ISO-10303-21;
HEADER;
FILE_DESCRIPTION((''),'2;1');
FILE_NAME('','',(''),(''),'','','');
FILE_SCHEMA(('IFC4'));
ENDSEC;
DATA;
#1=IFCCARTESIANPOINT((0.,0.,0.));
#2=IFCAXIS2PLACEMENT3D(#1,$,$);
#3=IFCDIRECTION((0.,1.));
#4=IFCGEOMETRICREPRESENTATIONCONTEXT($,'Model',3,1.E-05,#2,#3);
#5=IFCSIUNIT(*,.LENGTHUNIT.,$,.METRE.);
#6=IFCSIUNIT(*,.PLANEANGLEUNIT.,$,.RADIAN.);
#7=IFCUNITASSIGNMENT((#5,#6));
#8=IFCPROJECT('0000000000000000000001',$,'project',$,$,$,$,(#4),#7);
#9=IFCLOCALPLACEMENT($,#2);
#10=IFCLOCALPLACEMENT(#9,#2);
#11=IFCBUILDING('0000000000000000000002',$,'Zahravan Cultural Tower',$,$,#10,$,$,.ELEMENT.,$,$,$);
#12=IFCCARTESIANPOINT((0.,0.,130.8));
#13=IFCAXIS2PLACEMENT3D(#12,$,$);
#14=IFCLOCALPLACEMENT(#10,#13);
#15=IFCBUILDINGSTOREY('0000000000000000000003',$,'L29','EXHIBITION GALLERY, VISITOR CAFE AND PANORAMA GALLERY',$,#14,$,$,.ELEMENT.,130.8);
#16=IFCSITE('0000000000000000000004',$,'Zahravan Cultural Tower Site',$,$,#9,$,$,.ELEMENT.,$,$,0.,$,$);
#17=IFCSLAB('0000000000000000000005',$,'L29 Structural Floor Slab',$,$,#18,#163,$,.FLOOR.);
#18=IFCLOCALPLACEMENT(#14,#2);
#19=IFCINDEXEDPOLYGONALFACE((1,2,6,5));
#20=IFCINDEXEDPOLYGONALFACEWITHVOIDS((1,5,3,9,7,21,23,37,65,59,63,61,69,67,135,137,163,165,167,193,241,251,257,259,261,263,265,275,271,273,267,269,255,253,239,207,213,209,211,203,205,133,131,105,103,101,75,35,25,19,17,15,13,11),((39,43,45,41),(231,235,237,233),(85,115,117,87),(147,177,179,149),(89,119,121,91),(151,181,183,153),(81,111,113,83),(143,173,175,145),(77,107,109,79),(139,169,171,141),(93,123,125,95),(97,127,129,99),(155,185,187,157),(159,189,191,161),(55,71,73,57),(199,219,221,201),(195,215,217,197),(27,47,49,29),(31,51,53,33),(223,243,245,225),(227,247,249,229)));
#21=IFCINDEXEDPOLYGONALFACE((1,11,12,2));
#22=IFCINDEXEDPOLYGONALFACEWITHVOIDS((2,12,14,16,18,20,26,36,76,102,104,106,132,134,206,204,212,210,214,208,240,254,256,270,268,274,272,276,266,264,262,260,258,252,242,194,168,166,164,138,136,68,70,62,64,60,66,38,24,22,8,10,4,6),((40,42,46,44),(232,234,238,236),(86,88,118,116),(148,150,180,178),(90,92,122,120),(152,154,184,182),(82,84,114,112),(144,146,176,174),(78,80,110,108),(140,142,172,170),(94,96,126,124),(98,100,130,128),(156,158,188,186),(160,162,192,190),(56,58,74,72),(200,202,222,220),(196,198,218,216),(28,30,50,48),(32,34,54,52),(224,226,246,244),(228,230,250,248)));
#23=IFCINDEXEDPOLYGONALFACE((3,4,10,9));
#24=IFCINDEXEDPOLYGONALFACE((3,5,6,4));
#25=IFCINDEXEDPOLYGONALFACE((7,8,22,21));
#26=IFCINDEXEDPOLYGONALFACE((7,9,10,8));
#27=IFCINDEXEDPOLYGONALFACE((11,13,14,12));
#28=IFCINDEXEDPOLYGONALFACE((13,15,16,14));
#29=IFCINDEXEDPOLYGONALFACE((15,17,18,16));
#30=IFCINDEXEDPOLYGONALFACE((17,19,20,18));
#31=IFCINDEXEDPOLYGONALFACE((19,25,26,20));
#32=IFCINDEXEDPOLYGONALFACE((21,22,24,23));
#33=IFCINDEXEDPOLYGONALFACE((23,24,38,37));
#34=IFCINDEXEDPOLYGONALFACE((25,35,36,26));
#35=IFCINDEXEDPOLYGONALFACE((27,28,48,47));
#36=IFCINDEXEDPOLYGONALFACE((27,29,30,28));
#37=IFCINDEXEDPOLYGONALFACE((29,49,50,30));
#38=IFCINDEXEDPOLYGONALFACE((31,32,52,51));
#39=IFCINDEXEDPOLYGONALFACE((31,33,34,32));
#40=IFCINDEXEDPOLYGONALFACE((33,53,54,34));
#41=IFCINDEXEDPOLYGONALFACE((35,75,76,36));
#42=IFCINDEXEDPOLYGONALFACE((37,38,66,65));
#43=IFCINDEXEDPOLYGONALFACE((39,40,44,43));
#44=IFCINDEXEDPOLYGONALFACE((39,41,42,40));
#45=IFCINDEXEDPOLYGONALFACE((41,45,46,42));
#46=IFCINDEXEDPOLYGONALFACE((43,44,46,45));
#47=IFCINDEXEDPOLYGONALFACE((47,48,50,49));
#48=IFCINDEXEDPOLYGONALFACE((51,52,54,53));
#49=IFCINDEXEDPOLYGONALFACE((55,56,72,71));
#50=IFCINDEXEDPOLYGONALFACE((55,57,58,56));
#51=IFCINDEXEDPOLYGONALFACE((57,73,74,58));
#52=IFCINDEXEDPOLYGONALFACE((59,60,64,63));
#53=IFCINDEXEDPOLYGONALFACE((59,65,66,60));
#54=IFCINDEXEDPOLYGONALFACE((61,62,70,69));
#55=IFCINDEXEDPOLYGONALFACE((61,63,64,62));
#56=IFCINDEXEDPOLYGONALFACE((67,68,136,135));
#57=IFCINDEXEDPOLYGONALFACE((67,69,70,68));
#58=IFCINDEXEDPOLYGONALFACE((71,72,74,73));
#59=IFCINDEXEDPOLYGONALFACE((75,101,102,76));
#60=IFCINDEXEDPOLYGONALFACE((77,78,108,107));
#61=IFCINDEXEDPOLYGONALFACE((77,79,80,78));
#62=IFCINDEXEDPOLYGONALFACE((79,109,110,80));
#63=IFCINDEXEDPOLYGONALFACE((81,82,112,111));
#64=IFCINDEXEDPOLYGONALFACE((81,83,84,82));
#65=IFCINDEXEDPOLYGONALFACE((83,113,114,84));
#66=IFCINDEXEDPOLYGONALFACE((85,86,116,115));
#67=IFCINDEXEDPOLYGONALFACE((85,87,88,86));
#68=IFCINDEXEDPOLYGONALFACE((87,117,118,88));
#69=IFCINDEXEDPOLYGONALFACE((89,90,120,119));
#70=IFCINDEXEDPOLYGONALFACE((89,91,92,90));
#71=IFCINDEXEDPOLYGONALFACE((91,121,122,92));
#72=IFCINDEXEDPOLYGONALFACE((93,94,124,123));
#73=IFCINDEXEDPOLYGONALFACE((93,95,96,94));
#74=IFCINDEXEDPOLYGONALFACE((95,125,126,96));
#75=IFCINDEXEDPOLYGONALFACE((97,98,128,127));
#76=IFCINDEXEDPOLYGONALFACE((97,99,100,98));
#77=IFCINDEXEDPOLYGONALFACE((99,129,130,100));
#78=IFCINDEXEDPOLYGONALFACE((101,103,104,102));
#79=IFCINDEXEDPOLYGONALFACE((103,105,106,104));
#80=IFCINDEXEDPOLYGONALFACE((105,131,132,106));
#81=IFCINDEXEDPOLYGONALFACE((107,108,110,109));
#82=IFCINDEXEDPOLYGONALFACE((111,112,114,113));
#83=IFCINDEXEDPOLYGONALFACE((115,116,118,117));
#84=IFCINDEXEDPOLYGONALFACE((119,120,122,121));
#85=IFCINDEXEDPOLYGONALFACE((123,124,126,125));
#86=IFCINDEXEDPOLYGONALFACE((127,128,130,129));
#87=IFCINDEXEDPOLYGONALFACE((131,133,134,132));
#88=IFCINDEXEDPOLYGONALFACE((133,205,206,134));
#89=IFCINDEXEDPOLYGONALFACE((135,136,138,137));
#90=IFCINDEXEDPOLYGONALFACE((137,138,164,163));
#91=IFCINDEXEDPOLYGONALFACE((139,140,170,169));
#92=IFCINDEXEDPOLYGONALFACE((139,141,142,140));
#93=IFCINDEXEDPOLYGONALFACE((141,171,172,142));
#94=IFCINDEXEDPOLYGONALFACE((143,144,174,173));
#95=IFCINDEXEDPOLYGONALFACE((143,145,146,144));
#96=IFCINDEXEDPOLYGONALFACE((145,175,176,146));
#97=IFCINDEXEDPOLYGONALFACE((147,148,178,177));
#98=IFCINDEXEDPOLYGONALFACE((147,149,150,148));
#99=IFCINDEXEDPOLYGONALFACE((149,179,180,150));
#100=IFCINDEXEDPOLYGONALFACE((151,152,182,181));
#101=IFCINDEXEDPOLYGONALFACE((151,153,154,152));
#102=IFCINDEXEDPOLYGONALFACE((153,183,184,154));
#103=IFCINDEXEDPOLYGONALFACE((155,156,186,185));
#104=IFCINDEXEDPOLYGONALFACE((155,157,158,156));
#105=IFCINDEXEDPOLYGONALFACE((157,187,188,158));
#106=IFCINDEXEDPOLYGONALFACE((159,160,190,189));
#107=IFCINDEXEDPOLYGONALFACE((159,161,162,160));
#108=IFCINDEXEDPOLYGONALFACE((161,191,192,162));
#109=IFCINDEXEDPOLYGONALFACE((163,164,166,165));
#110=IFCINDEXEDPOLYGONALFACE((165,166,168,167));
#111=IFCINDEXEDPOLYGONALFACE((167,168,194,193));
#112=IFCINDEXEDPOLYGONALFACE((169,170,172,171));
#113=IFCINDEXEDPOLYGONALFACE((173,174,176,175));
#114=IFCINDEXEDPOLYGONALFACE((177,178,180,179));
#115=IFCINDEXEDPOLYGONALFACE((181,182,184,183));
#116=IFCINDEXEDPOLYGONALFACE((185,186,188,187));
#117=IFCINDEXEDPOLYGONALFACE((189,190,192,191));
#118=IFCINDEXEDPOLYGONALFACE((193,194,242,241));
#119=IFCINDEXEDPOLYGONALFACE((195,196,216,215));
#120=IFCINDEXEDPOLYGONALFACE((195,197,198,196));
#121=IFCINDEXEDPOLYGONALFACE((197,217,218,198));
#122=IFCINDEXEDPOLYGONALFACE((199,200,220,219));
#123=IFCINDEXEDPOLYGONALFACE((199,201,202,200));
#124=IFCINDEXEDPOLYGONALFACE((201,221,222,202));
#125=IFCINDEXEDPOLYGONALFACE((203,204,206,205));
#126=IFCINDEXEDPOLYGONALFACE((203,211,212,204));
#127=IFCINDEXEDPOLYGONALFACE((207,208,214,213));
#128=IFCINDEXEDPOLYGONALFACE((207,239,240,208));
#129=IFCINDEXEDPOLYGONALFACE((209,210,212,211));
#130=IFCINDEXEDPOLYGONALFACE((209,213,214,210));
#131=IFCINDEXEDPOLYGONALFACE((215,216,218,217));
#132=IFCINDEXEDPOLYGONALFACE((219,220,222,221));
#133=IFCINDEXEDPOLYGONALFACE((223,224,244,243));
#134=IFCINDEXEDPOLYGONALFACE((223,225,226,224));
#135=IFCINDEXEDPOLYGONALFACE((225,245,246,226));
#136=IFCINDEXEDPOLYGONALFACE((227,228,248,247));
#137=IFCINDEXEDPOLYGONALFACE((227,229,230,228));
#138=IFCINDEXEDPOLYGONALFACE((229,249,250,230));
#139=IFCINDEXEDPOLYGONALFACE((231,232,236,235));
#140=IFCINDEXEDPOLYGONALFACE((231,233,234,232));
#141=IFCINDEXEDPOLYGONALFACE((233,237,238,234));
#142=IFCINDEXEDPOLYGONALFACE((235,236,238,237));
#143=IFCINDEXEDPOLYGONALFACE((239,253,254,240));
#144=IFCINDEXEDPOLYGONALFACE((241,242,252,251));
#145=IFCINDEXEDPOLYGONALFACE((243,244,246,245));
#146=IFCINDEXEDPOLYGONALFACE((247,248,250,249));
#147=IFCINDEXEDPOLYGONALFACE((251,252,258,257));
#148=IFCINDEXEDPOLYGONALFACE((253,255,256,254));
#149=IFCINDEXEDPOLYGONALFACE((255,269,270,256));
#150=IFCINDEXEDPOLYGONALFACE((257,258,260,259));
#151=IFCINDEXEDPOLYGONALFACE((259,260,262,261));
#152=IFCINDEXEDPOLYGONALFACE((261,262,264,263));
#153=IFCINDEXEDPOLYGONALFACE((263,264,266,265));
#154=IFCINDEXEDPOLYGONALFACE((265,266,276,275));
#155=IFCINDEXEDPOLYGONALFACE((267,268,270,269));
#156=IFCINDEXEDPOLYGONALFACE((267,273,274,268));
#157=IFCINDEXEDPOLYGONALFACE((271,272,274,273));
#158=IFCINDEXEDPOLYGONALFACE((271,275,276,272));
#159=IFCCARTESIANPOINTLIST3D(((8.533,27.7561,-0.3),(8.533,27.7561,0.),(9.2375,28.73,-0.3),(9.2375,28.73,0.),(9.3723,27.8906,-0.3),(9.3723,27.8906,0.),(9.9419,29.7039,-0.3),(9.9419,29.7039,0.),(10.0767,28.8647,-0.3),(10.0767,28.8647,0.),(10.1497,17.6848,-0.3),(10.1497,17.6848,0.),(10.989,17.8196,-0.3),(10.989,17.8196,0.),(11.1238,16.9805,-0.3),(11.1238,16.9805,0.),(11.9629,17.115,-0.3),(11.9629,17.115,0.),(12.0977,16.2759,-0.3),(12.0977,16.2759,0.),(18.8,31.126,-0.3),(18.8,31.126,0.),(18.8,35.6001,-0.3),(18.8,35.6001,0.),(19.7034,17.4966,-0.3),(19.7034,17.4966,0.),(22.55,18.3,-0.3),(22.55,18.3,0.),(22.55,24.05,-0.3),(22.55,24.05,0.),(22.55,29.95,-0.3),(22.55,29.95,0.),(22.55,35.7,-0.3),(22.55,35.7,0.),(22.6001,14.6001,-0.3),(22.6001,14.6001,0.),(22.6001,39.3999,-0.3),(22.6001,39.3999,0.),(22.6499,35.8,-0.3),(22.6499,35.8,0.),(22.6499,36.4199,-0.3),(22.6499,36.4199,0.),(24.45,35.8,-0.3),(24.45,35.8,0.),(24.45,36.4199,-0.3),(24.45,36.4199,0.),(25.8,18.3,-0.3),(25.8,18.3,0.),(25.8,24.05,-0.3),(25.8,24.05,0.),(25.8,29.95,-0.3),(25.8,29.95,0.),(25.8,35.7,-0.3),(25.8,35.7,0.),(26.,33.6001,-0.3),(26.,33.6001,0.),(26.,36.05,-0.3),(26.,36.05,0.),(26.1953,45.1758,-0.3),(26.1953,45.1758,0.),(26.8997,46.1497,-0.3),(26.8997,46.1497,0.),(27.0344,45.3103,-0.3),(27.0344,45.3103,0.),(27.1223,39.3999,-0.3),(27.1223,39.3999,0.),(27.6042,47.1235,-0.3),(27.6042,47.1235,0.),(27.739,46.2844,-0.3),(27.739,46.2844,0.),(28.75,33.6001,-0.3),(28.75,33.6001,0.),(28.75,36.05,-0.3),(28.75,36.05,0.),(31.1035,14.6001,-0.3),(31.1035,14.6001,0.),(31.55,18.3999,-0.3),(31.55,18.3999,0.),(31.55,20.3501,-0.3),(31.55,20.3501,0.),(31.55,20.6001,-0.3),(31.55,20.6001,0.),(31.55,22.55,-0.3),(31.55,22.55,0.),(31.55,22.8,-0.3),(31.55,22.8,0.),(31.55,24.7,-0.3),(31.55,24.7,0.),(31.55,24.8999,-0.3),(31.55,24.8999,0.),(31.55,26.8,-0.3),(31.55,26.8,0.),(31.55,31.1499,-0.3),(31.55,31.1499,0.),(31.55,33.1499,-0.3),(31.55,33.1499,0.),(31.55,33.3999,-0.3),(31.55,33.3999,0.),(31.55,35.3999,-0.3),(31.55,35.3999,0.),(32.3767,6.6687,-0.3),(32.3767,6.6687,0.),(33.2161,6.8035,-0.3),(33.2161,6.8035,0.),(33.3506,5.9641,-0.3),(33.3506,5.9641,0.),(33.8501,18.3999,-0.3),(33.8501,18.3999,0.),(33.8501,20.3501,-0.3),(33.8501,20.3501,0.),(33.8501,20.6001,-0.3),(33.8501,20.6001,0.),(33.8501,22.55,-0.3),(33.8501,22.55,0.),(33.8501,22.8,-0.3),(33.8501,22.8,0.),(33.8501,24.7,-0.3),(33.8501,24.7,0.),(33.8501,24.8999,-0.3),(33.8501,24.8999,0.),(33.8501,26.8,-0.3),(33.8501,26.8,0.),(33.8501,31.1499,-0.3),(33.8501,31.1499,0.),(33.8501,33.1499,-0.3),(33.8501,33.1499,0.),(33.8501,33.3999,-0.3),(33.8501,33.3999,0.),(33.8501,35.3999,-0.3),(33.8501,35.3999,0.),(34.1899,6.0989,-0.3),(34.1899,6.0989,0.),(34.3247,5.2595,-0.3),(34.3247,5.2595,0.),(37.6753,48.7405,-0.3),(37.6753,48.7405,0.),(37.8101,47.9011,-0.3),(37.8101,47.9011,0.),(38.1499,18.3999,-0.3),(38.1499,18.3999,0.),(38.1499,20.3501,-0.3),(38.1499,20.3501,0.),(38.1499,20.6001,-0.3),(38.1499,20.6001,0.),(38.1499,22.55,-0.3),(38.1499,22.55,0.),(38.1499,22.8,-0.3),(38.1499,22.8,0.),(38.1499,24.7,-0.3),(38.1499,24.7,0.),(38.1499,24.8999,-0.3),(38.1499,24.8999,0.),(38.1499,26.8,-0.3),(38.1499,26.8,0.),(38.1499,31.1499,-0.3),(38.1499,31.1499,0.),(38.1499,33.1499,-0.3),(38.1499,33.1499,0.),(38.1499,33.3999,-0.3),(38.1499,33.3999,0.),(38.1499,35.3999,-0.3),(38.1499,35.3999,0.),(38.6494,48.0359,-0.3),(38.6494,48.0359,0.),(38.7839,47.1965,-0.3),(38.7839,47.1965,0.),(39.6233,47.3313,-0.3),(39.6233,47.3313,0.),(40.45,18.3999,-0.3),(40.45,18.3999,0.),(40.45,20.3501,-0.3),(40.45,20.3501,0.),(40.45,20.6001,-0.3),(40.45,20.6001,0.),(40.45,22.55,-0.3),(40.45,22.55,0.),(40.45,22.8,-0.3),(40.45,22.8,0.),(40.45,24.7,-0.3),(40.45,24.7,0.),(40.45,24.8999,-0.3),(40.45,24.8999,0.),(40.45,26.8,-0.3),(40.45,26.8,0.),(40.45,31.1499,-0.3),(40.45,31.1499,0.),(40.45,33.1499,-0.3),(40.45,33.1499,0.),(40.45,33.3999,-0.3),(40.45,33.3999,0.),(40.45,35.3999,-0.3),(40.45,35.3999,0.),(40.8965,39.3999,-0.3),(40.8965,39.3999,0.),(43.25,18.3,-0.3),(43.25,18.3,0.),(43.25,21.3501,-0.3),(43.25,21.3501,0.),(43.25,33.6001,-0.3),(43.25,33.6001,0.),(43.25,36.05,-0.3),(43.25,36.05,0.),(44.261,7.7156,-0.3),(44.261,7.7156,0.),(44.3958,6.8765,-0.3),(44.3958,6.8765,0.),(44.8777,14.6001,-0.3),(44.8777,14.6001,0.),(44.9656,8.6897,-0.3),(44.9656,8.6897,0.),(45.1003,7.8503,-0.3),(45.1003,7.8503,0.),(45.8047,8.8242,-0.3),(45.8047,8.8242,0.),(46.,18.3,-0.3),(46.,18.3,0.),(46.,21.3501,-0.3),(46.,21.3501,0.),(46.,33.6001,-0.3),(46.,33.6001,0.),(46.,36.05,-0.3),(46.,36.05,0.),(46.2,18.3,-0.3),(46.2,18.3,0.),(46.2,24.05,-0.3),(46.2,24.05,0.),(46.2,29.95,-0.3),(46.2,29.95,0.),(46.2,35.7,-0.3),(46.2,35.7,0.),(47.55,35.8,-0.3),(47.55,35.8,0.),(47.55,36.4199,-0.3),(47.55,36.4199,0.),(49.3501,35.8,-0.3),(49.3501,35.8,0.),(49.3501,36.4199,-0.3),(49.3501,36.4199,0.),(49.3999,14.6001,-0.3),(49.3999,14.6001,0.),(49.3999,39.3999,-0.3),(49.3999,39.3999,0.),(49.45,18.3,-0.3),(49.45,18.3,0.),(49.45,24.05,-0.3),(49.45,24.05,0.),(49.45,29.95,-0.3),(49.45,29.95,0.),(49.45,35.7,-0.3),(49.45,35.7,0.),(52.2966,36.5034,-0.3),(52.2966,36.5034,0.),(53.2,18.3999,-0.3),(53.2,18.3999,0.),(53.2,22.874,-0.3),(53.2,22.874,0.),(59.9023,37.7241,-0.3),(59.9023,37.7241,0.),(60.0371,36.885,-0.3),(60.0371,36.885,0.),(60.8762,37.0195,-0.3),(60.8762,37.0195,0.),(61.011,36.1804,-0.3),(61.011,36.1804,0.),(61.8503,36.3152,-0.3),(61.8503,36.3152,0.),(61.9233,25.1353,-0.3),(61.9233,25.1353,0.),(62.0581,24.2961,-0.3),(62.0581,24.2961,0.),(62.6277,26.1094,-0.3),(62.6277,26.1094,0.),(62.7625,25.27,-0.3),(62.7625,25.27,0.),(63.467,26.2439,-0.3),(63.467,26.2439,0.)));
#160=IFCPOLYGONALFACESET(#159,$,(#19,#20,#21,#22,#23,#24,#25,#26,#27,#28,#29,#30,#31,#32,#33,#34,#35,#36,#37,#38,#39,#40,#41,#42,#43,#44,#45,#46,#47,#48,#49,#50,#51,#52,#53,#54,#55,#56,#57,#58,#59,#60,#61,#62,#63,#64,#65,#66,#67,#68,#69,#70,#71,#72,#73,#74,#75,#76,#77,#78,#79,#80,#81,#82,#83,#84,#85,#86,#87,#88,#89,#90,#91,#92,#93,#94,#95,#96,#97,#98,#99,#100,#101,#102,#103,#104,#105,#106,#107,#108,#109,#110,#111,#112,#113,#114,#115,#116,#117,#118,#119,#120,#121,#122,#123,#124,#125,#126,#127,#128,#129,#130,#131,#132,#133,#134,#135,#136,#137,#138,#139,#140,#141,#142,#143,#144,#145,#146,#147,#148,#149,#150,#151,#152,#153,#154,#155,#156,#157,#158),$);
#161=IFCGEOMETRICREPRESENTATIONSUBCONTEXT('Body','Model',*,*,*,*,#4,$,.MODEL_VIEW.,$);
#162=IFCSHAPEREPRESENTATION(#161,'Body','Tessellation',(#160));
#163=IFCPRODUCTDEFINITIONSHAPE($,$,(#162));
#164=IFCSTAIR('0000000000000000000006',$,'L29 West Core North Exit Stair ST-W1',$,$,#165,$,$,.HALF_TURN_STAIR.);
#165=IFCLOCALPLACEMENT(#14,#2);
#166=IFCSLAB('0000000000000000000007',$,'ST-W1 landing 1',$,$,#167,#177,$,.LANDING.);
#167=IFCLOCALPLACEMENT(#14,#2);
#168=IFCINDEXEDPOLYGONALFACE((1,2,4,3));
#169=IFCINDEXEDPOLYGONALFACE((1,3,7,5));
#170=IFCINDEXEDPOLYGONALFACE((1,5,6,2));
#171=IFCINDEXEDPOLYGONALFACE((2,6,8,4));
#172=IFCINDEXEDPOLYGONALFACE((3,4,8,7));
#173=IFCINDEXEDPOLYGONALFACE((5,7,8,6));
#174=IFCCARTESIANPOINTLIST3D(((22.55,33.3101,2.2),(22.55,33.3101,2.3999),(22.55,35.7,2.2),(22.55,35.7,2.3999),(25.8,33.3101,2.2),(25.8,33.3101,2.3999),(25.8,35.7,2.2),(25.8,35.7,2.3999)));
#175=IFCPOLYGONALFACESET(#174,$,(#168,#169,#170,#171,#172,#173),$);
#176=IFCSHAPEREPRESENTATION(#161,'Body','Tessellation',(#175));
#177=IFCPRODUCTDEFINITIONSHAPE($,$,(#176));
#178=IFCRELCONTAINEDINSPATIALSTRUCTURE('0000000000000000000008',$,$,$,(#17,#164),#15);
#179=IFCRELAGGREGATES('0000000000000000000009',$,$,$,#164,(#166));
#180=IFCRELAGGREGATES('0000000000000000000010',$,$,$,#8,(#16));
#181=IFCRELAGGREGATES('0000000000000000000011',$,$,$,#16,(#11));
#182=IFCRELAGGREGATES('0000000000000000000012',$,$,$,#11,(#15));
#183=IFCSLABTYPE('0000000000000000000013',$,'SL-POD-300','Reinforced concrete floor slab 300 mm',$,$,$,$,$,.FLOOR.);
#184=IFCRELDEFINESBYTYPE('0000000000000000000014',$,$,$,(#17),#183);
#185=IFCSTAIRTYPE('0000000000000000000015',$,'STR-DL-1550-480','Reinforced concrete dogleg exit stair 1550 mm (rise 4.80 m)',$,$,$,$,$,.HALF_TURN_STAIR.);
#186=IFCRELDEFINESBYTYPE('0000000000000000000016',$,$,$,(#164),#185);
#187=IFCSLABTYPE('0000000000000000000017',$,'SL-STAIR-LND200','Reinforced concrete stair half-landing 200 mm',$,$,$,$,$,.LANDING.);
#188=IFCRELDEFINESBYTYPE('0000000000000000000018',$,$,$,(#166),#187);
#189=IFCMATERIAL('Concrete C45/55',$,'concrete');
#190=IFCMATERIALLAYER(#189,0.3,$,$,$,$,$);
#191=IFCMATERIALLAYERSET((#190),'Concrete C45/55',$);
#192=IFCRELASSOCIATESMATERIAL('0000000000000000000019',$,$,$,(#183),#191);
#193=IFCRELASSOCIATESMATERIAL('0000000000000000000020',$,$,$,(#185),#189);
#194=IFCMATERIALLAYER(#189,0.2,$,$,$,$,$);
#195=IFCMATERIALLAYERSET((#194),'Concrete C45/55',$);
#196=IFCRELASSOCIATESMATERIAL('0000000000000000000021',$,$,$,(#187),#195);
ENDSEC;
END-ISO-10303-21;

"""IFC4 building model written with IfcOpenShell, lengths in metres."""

from ifc_helpers import new_model, si_unit, direction, frame, origin, place, context, subcontext, project, spatial, polyline, outline, extrude, material, layer, layer_set, type_object, element, aggregate, save


model = new_model("IFC4")

# Units and contexts
model_context = context("Model", 3, precision=1e-05, world=origin(), true_north=direction((0.0, 1.0)))
body_context = subcontext(model_context, "Body", "Model", "MODEL_VIEW")
ifc_project = project(units=[si_unit("LENGTHUNIT", "METRE"), si_unit("PLANEANGLEUNIT", "RADIAN")], contexts=[model_context])

# Site, building, storey
site_placement = place(None, origin())
site = spatial("IfcSite", under=ifc_project, at=site_placement, Name="Zahravan Cultural Tower Site", CompositionType="ELEMENT", RefElevation=0.0)
building_placement = place(site_placement, origin())
building = spatial("IfcBuilding", under=site, at=building_placement, Name="Zahravan Cultural Tower", CompositionType="ELEMENT")
storey_placement = place(building_placement, frame((0.0, 0.0, 130.8)))
storey = spatial("IfcBuildingStorey", under=building, at=storey_placement, Name="L29", Description="EXHIBITION GALLERY, VISITOR CAFE AND PANORAMA GALLERY", CompositionType="ELEMENT", Elevation=130.8)

# Slab
ifc_material_1 = material(Name="Concrete C45/55", Category="concrete")
ifc_layer_1 = layer(ifc_material_1, 0.3)
ifc_layer_set_1 = layer_set([ifc_layer_1], Name="Concrete C45/55")
slab_type_1 = type_object("IfcSlabType", Name="SL-POD-300", Description="Reinforced concrete floor slab 300 mm", PredefinedType="FLOOR", material=ifc_layer_set_1)
slab_1_placement = place(storey_placement, frame((0.0, 0.0, -0.3)))
element("IfcSlab", 1, at=slab_1_placement, inside=storey, type_object=slab_type_1, Name="L29 Structural Floor Slab", PredefinedType="FLOOR", context=body_context, shape_type="SweptSolid", body=[
    extrude(outline(polyline([(52.2966, 36.5034), (49.3999, 39.3999), (40.8965, 39.3999), (39.6233, 47.3313), (38.7839, 47.1965), (38.6494, 48.0359), (37.8101, 47.9011), (37.6753, 48.7405), (27.6042, 47.1235), (27.739, 46.2844), (26.8997, 46.1497), (27.0344, 45.3103), (26.1953, 45.1758), (27.1223, 39.3999), (22.6001, 39.3999), (18.8, 35.6001), (18.8, 31.126), (9.9419, 29.7039), (10.0767, 28.8647), (9.2375, 28.73), (9.3723, 27.8906), (8.533, 27.7561), (10.1497, 17.6848), (10.989, 17.8196), (11.1238, 16.9805), (11.9629, 17.115), (12.0977, 16.2759), (19.7034, 17.4966), (22.6001, 14.6001), (31.1035, 14.6001), (32.3767, 6.6687), (33.2161, 6.8035), (33.3506, 5.9641), (34.1899, 6.0989), (34.3247, 5.2595), (44.3958, 6.8765), (44.261, 7.7156), (45.1003, 7.8503), (44.9656, 8.6897), (45.8047, 8.8242), (44.8777, 14.6001), (49.3999, 14.6001), (53.2, 18.3999), (53.2, 22.874), (62.0581, 24.2961), (61.9233, 25.1353), (62.7625, 25.27), (62.6277, 26.1094), (63.467, 26.2439), (61.8503, 36.3152), (61.011, 36.1804), (60.8762, 37.0195), (60.0371, 36.885), (59.9023, 37.7241), (52.2966, 36.5034)]), holes=[polyline([(22.55, 29.95), (22.55, 35.7), (25.8, 35.7), (25.8, 29.95), (22.55, 29.95)]), polyline([(22.55, 18.3), (22.55, 24.05), (25.8, 24.05), (25.8, 18.3), (22.55, 18.3)]), polyline([(46.2, 29.95), (46.2, 35.7), (49.45, 35.7), (49.45, 29.95), (46.2, 29.95)]), polyline([(46.2, 18.3), (46.2, 24.05), (49.45, 24.05), (49.45, 18.3), (46.2, 18.3)]), polyline([(26.0, 33.6001), (26.0, 36.05), (28.75, 36.05), (28.75, 33.6001), (26.0, 33.6001)]), polyline([(43.25, 33.6001), (43.25, 36.05), (46.0, 36.05), (46.0, 33.6001), (43.25, 33.6001)]), polyline([(43.25, 18.3), (43.25, 21.3501), (46.0, 21.3501), (46.0, 18.3), (43.25, 18.3)]), polyline([(31.55, 33.3999), (31.55, 35.3999), (33.8501, 35.3999), (33.8501, 33.3999), (31.55, 33.3999)]), polyline([(31.55, 31.1499), (31.55, 33.1499), (33.8501, 33.1499), (33.8501, 31.1499), (31.55, 31.1499)]), polyline([(38.1499, 33.3999), (38.1499, 35.3999), (40.45, 35.3999), (40.45, 33.3999), (38.1499, 33.3999)]), polyline([(38.1499, 31.1499), (38.1499, 33.1499), (40.45, 33.1499), (40.45, 31.1499), (38.1499, 31.1499)]), polyline([(31.55, 20.6001), (31.55, 22.55), (33.8501, 22.55), (33.8501, 20.6001), (31.55, 20.6001)]), polyline([(31.55, 18.3999), (31.55, 20.3501), (33.8501, 20.3501), (33.8501, 18.3999), (31.55, 18.3999)]), polyline([(38.1499, 20.6001), (38.1499, 22.55), (40.45, 22.55), (40.45, 20.6001), (38.1499, 20.6001)]), polyline([(38.1499, 18.3999), (38.1499, 20.3501), (40.45, 20.3501), (40.45, 18.3999), (38.1499, 18.3999)]), polyline([(31.55, 24.8999), (31.55, 26.8), (33.8501, 26.8), (33.8501, 24.8999), (31.55, 24.8999)]), polyline([(31.55, 22.8), (31.55, 24.7), (33.8501, 24.7), (33.8501, 22.8), (31.55, 22.8)]), polyline([(38.1499, 24.8999), (38.1499, 26.8), (40.45, 26.8), (40.45, 24.8999), (38.1499, 24.8999)]), polyline([(38.1499, 22.8), (38.1499, 24.7), (40.45, 24.7), (40.45, 22.8), (38.1499, 22.8)]), polyline([(22.6499, 35.8), (22.6499, 36.4199), (24.45, 36.4199), (24.45, 35.8), (22.6499, 35.8)]), polyline([(47.55, 35.8), (47.55, 36.4199), (49.3501, 36.4199), (49.3501, 35.8), (47.55, 35.8)])]), origin(), (0.0, 0.0, 1.0), 0.3),
])

# Stair, slab
stair_type = type_object("IfcStairType", Name="STR-DL-1550-480", Description="Reinforced concrete dogleg exit stair 1550 mm (rise 4.80 m)", PredefinedType="HALF_TURN_STAIR", material=ifc_material_1)
stair_1_placement = place(storey_placement, origin())
stair_1 = element("IfcStair", 2, at=stair_1_placement, inside=storey, type_object=stair_type, Name="L29 West Core North Exit Stair ST-W1", PredefinedType="HALF_TURN_STAIR")
ifc_layer_2 = layer(ifc_material_1, 0.2)
ifc_layer_set_2 = layer_set([ifc_layer_2], Name="Concrete C45/55")
slab_type_2 = type_object("IfcSlabType", Name="SL-STAIR-LND200", Description="Reinforced concrete stair half-landing 200 mm", PredefinedType="LANDING", material=ifc_layer_set_2)
slab_2_placement = place(storey_placement, frame((0.0, 0.0, 2.2)))
slab_2 = element("IfcSlab", 3, at=slab_2_placement, type_object=slab_type_2, Name="ST-W1 landing 1", PredefinedType="LANDING", context=body_context, shape_type="SweptSolid", body=[
    extrude(outline(polyline([(25.8, 33.3101), (25.8, 35.7), (22.55, 35.7), (22.55, 33.3101), (25.8, 33.3101)])), origin(), (0.0, 0.0, 1.0), 0.2),
])
aggregate(stair_1, [slab_2])

save(model, "model.ifc")
